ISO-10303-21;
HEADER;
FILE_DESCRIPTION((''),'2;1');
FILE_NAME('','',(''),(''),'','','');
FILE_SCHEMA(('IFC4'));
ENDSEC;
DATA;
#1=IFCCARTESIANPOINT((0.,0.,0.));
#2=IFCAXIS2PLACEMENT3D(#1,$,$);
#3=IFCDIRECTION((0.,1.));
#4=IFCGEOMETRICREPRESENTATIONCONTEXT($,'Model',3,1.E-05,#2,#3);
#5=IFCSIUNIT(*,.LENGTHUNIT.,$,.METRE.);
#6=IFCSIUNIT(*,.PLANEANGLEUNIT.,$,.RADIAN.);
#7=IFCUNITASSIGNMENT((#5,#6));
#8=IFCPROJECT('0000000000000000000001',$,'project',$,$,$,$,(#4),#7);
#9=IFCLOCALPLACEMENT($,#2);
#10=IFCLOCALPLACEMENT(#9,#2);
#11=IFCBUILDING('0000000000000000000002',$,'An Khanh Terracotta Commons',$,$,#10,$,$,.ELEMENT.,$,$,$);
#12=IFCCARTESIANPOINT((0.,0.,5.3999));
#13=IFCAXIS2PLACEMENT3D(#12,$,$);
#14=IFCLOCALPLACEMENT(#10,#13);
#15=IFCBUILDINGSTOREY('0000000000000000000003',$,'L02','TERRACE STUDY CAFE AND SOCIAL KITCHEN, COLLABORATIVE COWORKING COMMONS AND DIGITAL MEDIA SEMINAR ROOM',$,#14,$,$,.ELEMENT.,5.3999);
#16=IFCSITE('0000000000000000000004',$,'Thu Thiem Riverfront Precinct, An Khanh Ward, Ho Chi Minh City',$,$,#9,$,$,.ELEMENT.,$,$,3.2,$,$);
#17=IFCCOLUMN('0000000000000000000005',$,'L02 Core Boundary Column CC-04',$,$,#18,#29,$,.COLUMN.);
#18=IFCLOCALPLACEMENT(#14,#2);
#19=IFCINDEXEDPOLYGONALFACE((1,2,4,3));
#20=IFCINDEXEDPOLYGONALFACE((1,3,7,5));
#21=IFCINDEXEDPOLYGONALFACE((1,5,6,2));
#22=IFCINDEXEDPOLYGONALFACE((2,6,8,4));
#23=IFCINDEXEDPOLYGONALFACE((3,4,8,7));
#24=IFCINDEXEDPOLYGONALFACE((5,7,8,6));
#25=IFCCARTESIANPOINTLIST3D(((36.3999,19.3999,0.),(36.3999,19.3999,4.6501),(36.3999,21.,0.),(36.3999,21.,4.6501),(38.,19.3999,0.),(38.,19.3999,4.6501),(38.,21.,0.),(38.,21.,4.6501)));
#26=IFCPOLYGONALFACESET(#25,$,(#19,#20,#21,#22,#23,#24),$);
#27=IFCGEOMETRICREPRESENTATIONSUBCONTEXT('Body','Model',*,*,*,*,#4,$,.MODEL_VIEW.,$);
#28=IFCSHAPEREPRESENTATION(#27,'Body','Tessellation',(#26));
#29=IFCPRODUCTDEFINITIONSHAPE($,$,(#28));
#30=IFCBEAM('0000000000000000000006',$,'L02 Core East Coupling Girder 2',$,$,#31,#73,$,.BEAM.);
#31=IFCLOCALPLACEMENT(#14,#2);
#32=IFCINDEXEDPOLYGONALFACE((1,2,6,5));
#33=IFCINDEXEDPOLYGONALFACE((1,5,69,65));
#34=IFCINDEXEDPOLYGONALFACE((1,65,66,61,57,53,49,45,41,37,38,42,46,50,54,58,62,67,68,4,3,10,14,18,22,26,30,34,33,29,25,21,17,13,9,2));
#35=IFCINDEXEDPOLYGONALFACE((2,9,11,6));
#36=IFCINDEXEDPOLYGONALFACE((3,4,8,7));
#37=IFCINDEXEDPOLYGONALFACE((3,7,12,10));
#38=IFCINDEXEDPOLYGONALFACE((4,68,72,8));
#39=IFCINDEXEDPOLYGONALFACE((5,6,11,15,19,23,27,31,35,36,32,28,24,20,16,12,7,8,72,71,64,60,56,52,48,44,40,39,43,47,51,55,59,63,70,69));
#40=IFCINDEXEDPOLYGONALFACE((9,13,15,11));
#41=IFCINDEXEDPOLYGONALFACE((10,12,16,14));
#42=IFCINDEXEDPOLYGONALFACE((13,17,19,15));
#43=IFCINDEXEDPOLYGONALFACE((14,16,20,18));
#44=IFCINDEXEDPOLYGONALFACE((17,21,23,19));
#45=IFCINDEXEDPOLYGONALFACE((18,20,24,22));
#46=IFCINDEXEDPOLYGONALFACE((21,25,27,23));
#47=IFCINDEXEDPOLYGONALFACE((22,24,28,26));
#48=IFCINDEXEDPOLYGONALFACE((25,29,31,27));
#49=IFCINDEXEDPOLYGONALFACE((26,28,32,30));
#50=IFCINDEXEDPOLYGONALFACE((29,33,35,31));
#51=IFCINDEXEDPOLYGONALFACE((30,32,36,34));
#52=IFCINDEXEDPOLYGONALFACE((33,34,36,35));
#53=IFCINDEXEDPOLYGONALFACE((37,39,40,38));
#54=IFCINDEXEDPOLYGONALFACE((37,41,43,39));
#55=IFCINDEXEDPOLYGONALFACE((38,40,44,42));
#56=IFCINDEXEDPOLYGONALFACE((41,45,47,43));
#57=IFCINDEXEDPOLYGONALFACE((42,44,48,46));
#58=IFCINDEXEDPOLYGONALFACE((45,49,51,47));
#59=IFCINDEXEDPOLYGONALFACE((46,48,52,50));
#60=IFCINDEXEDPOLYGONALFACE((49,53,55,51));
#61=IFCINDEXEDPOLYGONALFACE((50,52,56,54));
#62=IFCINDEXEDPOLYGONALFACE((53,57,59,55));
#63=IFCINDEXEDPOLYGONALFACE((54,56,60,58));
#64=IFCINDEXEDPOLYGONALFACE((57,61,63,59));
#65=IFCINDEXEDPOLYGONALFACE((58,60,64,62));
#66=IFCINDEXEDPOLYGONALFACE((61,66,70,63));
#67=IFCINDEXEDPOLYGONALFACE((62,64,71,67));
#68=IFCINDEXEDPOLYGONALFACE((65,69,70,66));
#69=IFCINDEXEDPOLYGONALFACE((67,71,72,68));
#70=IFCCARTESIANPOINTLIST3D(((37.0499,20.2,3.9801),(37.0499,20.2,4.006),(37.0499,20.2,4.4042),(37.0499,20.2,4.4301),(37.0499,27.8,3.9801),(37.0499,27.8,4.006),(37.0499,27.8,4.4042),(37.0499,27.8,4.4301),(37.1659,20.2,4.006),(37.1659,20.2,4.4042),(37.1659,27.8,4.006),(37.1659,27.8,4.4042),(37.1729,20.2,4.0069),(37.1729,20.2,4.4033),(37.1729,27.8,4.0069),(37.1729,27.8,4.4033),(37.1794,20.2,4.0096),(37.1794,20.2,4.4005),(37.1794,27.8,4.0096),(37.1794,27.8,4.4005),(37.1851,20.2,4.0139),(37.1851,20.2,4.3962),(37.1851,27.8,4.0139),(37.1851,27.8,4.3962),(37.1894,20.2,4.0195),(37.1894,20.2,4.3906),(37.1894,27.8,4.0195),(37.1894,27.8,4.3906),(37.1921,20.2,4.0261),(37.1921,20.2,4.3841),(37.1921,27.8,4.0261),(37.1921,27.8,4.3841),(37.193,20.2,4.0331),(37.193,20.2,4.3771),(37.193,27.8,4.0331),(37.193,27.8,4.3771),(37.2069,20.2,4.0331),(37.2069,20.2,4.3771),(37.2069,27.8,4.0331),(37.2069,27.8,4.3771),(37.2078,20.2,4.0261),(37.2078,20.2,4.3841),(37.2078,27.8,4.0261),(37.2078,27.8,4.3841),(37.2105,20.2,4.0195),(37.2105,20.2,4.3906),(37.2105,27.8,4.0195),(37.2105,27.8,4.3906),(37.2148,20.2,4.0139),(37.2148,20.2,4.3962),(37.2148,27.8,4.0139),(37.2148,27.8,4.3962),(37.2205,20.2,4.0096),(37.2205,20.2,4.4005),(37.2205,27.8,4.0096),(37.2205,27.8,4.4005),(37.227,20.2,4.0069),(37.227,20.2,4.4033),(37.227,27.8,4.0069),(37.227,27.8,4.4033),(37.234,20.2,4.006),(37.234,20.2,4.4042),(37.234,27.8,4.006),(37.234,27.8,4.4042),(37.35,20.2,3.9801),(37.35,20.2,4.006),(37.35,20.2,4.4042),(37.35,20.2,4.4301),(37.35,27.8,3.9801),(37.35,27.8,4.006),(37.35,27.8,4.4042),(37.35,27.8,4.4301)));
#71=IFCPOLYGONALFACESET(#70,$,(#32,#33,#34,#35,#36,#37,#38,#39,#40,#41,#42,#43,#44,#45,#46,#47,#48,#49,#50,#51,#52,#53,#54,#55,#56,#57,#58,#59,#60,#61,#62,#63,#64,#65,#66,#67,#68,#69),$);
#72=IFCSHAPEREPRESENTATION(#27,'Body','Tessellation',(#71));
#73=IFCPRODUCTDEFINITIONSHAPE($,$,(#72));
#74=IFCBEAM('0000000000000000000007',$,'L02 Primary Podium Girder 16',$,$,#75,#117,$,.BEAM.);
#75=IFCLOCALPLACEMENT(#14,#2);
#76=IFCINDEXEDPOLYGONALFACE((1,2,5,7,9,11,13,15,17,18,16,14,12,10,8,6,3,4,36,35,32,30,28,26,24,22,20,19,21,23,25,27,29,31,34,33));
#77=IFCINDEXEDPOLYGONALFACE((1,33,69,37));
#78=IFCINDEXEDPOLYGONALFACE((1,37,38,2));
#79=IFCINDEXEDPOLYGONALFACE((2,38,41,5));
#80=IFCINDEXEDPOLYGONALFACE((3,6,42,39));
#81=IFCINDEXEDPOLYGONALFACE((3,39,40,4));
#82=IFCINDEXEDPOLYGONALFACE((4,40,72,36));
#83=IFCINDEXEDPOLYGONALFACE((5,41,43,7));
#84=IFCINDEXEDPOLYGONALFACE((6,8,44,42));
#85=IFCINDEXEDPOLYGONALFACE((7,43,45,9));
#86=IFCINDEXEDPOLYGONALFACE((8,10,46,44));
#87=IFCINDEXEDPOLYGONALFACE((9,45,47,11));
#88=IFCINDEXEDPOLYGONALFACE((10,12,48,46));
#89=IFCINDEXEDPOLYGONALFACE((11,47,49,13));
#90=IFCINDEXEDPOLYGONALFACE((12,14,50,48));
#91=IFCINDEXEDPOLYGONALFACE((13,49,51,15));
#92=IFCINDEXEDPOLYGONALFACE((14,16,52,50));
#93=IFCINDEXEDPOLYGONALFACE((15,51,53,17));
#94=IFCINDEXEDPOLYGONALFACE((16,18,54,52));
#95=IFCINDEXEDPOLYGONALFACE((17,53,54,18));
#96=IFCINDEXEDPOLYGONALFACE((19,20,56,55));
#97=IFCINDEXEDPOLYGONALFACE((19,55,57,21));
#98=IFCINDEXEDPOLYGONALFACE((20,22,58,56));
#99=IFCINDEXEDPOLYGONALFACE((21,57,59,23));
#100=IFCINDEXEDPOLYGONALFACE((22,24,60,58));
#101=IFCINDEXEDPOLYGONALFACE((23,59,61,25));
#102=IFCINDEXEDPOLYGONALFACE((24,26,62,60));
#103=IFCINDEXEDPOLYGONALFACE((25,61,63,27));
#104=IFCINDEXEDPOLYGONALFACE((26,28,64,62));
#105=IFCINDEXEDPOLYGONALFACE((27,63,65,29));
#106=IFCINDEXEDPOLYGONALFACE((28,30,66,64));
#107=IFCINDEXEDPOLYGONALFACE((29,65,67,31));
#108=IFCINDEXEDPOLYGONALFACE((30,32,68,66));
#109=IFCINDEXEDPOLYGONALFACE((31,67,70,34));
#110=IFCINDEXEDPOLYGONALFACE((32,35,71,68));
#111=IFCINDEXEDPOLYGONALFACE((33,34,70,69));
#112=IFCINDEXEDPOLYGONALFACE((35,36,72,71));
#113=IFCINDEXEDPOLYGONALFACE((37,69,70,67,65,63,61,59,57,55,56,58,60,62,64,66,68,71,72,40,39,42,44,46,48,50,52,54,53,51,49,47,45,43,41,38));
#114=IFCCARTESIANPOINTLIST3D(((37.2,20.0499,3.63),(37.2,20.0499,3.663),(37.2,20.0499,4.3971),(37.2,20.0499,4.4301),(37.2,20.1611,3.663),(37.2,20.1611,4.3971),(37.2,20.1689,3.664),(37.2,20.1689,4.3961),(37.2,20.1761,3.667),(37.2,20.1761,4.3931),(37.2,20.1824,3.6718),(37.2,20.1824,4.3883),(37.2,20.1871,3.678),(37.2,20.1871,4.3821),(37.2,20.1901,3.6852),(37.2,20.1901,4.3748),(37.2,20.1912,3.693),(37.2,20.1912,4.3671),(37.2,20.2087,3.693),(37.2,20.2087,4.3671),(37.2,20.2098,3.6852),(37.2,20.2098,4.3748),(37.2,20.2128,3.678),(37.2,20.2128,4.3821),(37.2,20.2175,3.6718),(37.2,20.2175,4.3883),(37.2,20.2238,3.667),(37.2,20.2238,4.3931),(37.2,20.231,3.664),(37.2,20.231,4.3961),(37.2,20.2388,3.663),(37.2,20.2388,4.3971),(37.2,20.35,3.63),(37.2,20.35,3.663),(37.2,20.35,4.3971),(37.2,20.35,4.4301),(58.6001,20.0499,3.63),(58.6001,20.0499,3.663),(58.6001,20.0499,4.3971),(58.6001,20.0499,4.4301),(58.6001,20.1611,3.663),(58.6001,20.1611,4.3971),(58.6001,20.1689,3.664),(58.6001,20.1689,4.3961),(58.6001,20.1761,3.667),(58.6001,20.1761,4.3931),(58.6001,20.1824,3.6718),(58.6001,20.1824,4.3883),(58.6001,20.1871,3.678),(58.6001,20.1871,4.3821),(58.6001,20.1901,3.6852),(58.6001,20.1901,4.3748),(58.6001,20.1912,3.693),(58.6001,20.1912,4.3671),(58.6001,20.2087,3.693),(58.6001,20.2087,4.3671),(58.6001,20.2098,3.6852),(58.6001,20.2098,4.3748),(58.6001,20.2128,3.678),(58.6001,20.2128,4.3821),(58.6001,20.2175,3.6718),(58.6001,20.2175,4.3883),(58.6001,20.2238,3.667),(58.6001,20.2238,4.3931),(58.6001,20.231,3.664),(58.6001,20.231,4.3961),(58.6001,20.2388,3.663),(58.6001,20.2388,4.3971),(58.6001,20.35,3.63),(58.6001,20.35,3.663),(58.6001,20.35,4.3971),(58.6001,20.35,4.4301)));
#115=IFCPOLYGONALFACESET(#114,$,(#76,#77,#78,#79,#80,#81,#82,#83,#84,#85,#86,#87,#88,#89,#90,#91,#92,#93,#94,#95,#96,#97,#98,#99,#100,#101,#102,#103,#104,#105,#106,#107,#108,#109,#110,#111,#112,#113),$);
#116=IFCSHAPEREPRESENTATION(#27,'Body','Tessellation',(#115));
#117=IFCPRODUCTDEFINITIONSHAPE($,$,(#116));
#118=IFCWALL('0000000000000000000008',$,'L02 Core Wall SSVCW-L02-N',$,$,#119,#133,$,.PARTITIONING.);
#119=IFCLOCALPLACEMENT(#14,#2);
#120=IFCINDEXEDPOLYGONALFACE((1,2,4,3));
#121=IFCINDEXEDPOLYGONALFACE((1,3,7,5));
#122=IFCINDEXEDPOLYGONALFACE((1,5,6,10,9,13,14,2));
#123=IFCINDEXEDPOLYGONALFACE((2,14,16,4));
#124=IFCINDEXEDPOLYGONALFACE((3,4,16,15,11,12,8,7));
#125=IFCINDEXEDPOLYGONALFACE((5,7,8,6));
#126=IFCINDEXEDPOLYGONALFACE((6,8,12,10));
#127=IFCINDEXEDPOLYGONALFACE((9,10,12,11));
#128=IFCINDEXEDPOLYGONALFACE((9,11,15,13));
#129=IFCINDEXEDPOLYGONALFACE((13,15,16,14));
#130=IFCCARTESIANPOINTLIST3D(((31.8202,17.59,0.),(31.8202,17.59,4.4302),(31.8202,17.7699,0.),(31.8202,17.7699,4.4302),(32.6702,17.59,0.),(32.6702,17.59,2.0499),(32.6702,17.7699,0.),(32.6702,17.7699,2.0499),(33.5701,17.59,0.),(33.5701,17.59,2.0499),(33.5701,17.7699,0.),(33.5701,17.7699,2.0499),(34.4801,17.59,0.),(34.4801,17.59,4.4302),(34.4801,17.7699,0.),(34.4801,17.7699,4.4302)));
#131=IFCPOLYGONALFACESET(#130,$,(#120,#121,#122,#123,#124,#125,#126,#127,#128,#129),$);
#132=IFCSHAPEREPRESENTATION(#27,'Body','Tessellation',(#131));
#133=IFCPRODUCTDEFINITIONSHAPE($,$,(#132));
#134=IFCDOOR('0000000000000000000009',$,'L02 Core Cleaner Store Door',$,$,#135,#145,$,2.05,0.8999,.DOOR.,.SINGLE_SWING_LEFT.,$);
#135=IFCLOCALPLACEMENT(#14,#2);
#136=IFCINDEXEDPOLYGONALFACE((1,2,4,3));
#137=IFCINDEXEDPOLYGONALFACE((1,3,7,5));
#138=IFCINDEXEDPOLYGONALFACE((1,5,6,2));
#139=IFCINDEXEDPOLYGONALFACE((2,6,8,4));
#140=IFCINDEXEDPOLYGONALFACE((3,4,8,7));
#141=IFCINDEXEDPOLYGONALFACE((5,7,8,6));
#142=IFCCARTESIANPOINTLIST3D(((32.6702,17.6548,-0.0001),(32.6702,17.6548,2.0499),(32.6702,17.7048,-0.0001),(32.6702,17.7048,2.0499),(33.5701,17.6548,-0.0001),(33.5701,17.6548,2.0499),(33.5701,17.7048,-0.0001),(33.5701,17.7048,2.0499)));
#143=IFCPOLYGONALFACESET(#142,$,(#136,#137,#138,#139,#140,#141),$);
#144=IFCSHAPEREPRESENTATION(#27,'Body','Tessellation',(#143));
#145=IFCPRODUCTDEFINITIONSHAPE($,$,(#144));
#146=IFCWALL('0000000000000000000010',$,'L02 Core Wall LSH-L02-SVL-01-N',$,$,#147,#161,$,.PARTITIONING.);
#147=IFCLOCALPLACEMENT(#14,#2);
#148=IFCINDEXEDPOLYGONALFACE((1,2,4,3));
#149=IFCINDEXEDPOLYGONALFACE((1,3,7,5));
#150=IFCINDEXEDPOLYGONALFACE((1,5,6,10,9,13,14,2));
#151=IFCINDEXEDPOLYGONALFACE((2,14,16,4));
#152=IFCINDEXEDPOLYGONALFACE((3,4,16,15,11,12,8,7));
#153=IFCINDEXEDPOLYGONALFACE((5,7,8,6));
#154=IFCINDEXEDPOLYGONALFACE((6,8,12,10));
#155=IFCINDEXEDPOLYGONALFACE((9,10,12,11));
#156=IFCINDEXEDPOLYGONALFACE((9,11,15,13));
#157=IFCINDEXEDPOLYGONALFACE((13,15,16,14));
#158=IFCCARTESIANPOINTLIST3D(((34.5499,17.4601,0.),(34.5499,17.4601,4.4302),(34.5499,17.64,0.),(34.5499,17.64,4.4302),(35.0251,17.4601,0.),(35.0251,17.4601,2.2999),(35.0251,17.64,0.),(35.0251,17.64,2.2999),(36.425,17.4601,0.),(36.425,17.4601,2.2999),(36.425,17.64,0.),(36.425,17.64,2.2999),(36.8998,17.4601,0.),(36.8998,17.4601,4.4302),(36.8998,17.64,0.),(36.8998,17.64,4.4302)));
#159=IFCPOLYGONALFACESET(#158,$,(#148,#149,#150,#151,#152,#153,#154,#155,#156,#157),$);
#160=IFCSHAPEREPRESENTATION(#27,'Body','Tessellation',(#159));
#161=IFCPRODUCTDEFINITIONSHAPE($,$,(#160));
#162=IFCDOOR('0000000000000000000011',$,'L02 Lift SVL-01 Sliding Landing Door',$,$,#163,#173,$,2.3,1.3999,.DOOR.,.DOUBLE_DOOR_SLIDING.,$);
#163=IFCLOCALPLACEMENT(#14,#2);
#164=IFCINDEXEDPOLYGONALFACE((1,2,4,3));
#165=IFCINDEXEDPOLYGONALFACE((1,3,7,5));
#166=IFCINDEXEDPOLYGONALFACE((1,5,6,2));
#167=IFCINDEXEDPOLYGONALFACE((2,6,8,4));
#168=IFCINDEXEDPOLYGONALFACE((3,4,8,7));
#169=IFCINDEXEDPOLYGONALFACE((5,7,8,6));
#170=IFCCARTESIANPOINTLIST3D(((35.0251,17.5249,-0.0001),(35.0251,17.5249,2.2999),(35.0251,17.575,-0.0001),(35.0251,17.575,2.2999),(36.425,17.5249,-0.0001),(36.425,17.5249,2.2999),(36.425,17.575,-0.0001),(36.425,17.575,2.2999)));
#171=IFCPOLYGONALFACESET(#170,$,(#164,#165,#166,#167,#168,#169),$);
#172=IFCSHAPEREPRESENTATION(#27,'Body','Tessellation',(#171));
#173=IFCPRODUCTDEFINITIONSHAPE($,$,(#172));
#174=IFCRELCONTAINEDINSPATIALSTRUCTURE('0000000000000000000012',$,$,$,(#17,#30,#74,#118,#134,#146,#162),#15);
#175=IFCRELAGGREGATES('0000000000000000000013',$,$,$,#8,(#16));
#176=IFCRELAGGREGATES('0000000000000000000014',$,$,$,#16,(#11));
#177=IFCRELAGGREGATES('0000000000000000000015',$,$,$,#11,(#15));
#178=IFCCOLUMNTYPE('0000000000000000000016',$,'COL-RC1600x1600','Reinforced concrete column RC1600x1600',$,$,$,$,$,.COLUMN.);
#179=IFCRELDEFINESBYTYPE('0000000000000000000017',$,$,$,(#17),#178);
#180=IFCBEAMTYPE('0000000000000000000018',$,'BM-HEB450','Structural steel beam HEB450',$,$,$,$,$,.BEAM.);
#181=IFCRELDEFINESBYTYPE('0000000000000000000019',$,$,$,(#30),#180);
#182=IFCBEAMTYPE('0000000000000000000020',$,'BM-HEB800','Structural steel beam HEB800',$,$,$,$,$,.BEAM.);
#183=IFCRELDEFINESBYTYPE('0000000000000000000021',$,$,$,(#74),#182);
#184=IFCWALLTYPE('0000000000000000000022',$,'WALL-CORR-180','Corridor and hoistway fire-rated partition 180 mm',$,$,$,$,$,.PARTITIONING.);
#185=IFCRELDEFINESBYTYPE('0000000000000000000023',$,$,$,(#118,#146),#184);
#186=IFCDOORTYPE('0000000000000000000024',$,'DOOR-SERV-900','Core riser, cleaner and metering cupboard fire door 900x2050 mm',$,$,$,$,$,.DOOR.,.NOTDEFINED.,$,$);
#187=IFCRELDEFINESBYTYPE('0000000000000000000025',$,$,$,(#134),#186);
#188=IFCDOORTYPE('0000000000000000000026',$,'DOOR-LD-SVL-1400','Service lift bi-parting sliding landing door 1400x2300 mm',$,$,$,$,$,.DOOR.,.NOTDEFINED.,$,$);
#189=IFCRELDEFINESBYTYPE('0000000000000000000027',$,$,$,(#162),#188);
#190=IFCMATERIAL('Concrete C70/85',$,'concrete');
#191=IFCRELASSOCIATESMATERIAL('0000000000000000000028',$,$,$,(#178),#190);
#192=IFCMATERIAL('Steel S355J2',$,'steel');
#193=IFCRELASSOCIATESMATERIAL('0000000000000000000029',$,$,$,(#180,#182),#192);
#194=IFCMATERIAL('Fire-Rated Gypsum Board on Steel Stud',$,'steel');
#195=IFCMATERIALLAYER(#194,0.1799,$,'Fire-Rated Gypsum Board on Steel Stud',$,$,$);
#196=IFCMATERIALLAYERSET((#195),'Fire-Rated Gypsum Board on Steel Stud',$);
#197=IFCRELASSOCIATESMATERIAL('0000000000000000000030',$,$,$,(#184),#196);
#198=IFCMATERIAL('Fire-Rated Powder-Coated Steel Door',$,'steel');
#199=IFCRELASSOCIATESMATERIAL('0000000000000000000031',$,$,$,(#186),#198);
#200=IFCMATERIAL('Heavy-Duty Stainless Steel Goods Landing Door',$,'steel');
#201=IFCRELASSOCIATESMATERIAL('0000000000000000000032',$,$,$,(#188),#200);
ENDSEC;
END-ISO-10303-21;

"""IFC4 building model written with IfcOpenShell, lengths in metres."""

from ifc_helpers import new_model, si_unit, direction, frame, frame_2d, origin, origin_2d, place, context, subcontext, project, spatial, rectangle, i_section, extrude, material, layer, layer_set, material_profile, profile_set, type_object, element, fill, save


model = new_model("IFC4")

# Units and contexts
model_context = context("Model", 3, precision=1e-05, world=origin(), true_north=direction((0.0, 1.0)))
body_context = subcontext(model_context, "Body", "Model", "MODEL_VIEW")
ifc_project = project(units=[si_unit("LENGTHUNIT", "METRE"), si_unit("PLANEANGLEUNIT", "RADIAN")], contexts=[model_context])

# Site, building, storey
site_placement = place(None, origin())
site = spatial("IfcSite", under=ifc_project, at=site_placement, Name="Thu Thiem Riverfront Precinct, An Khanh Ward, Ho Chi Minh City", CompositionType="ELEMENT", RefElevation=3.2)
building_placement = place(site_placement, origin())
building = spatial("IfcBuilding", under=site, at=building_placement, Name="An Khanh Terracotta Commons", CompositionType="ELEMENT")
storey_placement = place(building_placement, frame((0.0, 0.0, 5.3999)))
storey = spatial("IfcBuildingStorey", under=building, at=storey_placement, Name="L02", Description="TERRACE STUDY CAFE AND SOCIAL KITCHEN, COLLABORATIVE COWORKING COMMONS AND DIGITAL MEDIA SEMINAR ROOM", CompositionType="ELEMENT", Elevation=5.3999)

# Column
ifc_material_1 = material(Name="Concrete C70/85", Category="concrete")
ifc_material_profile_1 = material_profile(ifc_material_1, rectangle(XDim=1.6001, YDim=1.6001, at=origin_2d()), Name="RC1600x1600")
ifc_profile_set_1 = profile_set([ifc_material_profile_1], Name="Concrete C70/85")
column_type = type_object("IfcColumnType", Name="COL-RC1600x1600", Description="Reinforced concrete column RC1600x1600", PredefinedType="COLUMN", material=ifc_profile_set_1)
column_placement = place(storey_placement, frame((37.2, 20.2, 0.0), z_axis=(0.0, 0.0, 1.0), x_axis=(1.0, 0.0, 0.0)))
element("IfcColumn", 1, at=column_placement, inside=storey, type_object=column_type, Name="L02 Core Boundary Column CC-04", PredefinedType="COLUMN", context=body_context, shape_type="SweptSolid", body=[
    extrude(rectangle(XDim=1.6001, YDim=1.6001, at=origin_2d()), origin(), (0.0, 0.0, 1.0), 4.6501),
])

# Beams
ifc_material_2 = material(Name="Steel S355J2", Category="steel")
ifc_material_profile_2 = material_profile(ifc_material_2, i_section(OverallWidth=0.3, OverallDepth=0.45, WebThickness=0.0139, FlangeThickness=0.0259, FilletRadius=0.0271, at=origin_2d()), Name="HEB450")
ifc_profile_set_2 = profile_set([ifc_material_profile_2], Name="Steel S355J2")
beam_type_1 = type_object("IfcBeamType", Name="BM-HEB450", Description="Structural steel beam HEB450", PredefinedType="BEAM", material=ifc_profile_set_2)
beam_1_placement = place(storey_placement, frame((37.2, 20.2, 4.2051), z_axis=(0.0, 1.0, 0.0), x_axis=(-1.0, 0.0, 0.0)))
element("IfcBeam", 2, at=beam_1_placement, inside=storey, type_object=beam_type_1, Name="L02 Core East Coupling Girder 2", PredefinedType="BEAM", context=body_context, shape_type="SweptSolid", body=[
    extrude(i_section(OverallWidth=0.3, OverallDepth=0.45, WebThickness=0.0139, FlangeThickness=0.0259, FilletRadius=0.0271, at=origin_2d()), origin(), (0.0, 0.0, 1.0), 7.6001),
])
ifc_material_profile_3 = material_profile(ifc_material_2, i_section(OverallWidth=0.3, OverallDepth=0.8, WebThickness=0.0176, FlangeThickness=0.033, FilletRadius=0.03, at=origin_2d()), Name="HEB800")
ifc_profile_set_3 = profile_set([ifc_material_profile_3], Name="Steel S355J2")
beam_type_2 = type_object("IfcBeamType", Name="BM-HEB800", Description="Structural steel beam HEB800", PredefinedType="BEAM", material=ifc_profile_set_3)
beam_2_placement = place(storey_placement, frame((37.2, 20.2, 4.03), z_axis=(1.0, 0.0, 0.0), x_axis=(0.0, 1.0, 0.0)))
element("IfcBeam", 3, at=beam_2_placement, inside=storey, type_object=beam_type_2, Name="L02 Primary Podium Girder 16", PredefinedType="BEAM", context=body_context, shape_type="SweptSolid", body=[
    extrude(i_section(OverallWidth=0.3, OverallDepth=0.8, WebThickness=0.0176, FlangeThickness=0.033, FilletRadius=0.03, at=origin_2d()), origin(), (0.0, 0.0, 1.0), 21.4001),
])

# Walls, openings, doors
ifc_material_3 = material(Name="Fire-Rated Gypsum Board on Steel Stud", Category="steel")
ifc_layer = layer(ifc_material_3, 0.1799, Name="Fire-Rated Gypsum Board on Steel Stud")
ifc_layer_set = layer_set([ifc_layer], Name="Fire-Rated Gypsum Board on Steel Stud")
wall_type = type_object("IfcWallType", Name="WALL-CORR-180", Description="Corridor and hoistway fire-rated partition 180 mm", PredefinedType="PARTITIONING", material=ifc_layer_set)
wall_1_placement = place(storey_placement, frame((31.8201, 17.6799, 0.0), z_axis=(0.0, 0.0, 1.0), x_axis=(1.0, 0.0, 0.0)))
wall_1 = element("IfcWall", 4, at=wall_1_placement, inside=storey, type_object=wall_type, Name="L02 Core Wall SSVCW-L02-N", PredefinedType="PARTITIONING", context=body_context, shape_type="SweptSolid", body=[
    extrude(rectangle(XDim=2.6599, YDim=0.1799, at=frame_2d((1.3301, 0.0))), origin(), (0.0, 0.0, 1.0), 4.4302),
])
opening_1_placement = place(wall_1_placement, frame((0.8501, 0.0, 0.0)))
opening_1 = element("IfcOpeningElement", 5, at=opening_1_placement, cuts=wall_1, PredefinedType="OPENING", context=body_context, shape_type="SweptSolid", body=[
    extrude(rectangle(XDim=0.8999, YDim=2.05, at=frame_2d((0.45, 1.0249))), frame((0.0, 0.0999, 0.0), z_axis=(0.0, -1.0, 0.0), x_axis=(1.0, 0.0, 0.0)), (0.0, 0.0, 1.0), 0.2),
])
ifc_material_4 = material(Name="Fire-Rated Powder-Coated Steel Door", Category="steel")
door_type_1 = type_object("IfcDoorType", Name="DOOR-SERV-900", Description="Core riser, cleaner and metering cupboard fire door 900x2050 mm", OperationType="NOTDEFINED", PredefinedType="DOOR", material=ifc_material_4)
door_1_placement = place(opening_1_placement, origin())
door_1 = element("IfcDoor", 6, at=door_1_placement, inside=storey, type_object=door_type_1, Name="L02 Core Cleaner Store Door", OperationType="SINGLE_SWING_LEFT", OverallHeight=2.05, OverallWidth=0.8999, PredefinedType="DOOR", context=body_context, shape_type="SweptSolid", body=[
    extrude(rectangle(XDim=0.8999, YDim=2.05, at=frame_2d((0.45, 1.0249))), frame((0.0, 0.0249, 0.0), z_axis=(0.0, -1.0, 0.0), x_axis=(1.0, 0.0, 0.0)), (0.0, 0.0, 1.0), 0.05),
])
fill(opening_1, door_1)
wall_2_placement = place(storey_placement, frame((34.55, 17.55, 0.0), z_axis=(0.0, 0.0, 1.0), x_axis=(1.0, 0.0, 0.0)))
wall_2 = element("IfcWall", 7, at=wall_2_placement, inside=storey, type_object=wall_type, Name="L02 Core Wall LSH-L02-SVL-01-N", PredefinedType="PARTITIONING", context=body_context, shape_type="SweptSolid", body=[
    extrude(rectangle(XDim=2.3499, YDim=0.1799, at=frame_2d((1.1748, 0.0))), origin(), (0.0, 0.0, 1.0), 4.4302),
])
opening_2_placement = place(wall_2_placement, frame((0.4751, 0.0, 0.0)))
opening_2 = element("IfcOpeningElement", 8, at=opening_2_placement, cuts=wall_2, PredefinedType="OPENING", context=body_context, shape_type="SweptSolid", body=[
    extrude(rectangle(XDim=1.3999, YDim=2.3, at=frame_2d((0.7, 1.1499))), frame((0.0, 0.0999, 0.0), z_axis=(0.0, -1.0, 0.0), x_axis=(1.0, 0.0, 0.0)), (0.0, 0.0, 1.0), 0.2),
])
ifc_material_5 = material(Name="Heavy-Duty Stainless Steel Goods Landing Door", Category="steel")
door_type_2 = type_object("IfcDoorType", Name="DOOR-LD-SVL-1400", Description="Service lift bi-parting sliding landing door 1400x2300 mm", OperationType="NOTDEFINED", PredefinedType="DOOR", material=ifc_material_5)
door_2_placement = place(opening_2_placement, origin())
door_2 = element("IfcDoor", 9, at=door_2_placement, inside=storey, type_object=door_type_2, Name="L02 Lift SVL-01 Sliding Landing Door", OperationType="DOUBLE_DOOR_SLIDING", OverallHeight=2.3, OverallWidth=1.3999, PredefinedType="DOOR", context=body_context, shape_type="SweptSolid", body=[
    extrude(rectangle(XDim=1.3999, YDim=2.3, at=frame_2d((0.7, 1.1499))), frame((0.0, 0.0249, 0.0), z_axis=(0.0, -1.0, 0.0), x_axis=(1.0, 0.0, 0.0)), (0.0, 0.0, 1.0), 0.05),
])
fill(opening_2, door_2)

save(model, "model.ifc")
